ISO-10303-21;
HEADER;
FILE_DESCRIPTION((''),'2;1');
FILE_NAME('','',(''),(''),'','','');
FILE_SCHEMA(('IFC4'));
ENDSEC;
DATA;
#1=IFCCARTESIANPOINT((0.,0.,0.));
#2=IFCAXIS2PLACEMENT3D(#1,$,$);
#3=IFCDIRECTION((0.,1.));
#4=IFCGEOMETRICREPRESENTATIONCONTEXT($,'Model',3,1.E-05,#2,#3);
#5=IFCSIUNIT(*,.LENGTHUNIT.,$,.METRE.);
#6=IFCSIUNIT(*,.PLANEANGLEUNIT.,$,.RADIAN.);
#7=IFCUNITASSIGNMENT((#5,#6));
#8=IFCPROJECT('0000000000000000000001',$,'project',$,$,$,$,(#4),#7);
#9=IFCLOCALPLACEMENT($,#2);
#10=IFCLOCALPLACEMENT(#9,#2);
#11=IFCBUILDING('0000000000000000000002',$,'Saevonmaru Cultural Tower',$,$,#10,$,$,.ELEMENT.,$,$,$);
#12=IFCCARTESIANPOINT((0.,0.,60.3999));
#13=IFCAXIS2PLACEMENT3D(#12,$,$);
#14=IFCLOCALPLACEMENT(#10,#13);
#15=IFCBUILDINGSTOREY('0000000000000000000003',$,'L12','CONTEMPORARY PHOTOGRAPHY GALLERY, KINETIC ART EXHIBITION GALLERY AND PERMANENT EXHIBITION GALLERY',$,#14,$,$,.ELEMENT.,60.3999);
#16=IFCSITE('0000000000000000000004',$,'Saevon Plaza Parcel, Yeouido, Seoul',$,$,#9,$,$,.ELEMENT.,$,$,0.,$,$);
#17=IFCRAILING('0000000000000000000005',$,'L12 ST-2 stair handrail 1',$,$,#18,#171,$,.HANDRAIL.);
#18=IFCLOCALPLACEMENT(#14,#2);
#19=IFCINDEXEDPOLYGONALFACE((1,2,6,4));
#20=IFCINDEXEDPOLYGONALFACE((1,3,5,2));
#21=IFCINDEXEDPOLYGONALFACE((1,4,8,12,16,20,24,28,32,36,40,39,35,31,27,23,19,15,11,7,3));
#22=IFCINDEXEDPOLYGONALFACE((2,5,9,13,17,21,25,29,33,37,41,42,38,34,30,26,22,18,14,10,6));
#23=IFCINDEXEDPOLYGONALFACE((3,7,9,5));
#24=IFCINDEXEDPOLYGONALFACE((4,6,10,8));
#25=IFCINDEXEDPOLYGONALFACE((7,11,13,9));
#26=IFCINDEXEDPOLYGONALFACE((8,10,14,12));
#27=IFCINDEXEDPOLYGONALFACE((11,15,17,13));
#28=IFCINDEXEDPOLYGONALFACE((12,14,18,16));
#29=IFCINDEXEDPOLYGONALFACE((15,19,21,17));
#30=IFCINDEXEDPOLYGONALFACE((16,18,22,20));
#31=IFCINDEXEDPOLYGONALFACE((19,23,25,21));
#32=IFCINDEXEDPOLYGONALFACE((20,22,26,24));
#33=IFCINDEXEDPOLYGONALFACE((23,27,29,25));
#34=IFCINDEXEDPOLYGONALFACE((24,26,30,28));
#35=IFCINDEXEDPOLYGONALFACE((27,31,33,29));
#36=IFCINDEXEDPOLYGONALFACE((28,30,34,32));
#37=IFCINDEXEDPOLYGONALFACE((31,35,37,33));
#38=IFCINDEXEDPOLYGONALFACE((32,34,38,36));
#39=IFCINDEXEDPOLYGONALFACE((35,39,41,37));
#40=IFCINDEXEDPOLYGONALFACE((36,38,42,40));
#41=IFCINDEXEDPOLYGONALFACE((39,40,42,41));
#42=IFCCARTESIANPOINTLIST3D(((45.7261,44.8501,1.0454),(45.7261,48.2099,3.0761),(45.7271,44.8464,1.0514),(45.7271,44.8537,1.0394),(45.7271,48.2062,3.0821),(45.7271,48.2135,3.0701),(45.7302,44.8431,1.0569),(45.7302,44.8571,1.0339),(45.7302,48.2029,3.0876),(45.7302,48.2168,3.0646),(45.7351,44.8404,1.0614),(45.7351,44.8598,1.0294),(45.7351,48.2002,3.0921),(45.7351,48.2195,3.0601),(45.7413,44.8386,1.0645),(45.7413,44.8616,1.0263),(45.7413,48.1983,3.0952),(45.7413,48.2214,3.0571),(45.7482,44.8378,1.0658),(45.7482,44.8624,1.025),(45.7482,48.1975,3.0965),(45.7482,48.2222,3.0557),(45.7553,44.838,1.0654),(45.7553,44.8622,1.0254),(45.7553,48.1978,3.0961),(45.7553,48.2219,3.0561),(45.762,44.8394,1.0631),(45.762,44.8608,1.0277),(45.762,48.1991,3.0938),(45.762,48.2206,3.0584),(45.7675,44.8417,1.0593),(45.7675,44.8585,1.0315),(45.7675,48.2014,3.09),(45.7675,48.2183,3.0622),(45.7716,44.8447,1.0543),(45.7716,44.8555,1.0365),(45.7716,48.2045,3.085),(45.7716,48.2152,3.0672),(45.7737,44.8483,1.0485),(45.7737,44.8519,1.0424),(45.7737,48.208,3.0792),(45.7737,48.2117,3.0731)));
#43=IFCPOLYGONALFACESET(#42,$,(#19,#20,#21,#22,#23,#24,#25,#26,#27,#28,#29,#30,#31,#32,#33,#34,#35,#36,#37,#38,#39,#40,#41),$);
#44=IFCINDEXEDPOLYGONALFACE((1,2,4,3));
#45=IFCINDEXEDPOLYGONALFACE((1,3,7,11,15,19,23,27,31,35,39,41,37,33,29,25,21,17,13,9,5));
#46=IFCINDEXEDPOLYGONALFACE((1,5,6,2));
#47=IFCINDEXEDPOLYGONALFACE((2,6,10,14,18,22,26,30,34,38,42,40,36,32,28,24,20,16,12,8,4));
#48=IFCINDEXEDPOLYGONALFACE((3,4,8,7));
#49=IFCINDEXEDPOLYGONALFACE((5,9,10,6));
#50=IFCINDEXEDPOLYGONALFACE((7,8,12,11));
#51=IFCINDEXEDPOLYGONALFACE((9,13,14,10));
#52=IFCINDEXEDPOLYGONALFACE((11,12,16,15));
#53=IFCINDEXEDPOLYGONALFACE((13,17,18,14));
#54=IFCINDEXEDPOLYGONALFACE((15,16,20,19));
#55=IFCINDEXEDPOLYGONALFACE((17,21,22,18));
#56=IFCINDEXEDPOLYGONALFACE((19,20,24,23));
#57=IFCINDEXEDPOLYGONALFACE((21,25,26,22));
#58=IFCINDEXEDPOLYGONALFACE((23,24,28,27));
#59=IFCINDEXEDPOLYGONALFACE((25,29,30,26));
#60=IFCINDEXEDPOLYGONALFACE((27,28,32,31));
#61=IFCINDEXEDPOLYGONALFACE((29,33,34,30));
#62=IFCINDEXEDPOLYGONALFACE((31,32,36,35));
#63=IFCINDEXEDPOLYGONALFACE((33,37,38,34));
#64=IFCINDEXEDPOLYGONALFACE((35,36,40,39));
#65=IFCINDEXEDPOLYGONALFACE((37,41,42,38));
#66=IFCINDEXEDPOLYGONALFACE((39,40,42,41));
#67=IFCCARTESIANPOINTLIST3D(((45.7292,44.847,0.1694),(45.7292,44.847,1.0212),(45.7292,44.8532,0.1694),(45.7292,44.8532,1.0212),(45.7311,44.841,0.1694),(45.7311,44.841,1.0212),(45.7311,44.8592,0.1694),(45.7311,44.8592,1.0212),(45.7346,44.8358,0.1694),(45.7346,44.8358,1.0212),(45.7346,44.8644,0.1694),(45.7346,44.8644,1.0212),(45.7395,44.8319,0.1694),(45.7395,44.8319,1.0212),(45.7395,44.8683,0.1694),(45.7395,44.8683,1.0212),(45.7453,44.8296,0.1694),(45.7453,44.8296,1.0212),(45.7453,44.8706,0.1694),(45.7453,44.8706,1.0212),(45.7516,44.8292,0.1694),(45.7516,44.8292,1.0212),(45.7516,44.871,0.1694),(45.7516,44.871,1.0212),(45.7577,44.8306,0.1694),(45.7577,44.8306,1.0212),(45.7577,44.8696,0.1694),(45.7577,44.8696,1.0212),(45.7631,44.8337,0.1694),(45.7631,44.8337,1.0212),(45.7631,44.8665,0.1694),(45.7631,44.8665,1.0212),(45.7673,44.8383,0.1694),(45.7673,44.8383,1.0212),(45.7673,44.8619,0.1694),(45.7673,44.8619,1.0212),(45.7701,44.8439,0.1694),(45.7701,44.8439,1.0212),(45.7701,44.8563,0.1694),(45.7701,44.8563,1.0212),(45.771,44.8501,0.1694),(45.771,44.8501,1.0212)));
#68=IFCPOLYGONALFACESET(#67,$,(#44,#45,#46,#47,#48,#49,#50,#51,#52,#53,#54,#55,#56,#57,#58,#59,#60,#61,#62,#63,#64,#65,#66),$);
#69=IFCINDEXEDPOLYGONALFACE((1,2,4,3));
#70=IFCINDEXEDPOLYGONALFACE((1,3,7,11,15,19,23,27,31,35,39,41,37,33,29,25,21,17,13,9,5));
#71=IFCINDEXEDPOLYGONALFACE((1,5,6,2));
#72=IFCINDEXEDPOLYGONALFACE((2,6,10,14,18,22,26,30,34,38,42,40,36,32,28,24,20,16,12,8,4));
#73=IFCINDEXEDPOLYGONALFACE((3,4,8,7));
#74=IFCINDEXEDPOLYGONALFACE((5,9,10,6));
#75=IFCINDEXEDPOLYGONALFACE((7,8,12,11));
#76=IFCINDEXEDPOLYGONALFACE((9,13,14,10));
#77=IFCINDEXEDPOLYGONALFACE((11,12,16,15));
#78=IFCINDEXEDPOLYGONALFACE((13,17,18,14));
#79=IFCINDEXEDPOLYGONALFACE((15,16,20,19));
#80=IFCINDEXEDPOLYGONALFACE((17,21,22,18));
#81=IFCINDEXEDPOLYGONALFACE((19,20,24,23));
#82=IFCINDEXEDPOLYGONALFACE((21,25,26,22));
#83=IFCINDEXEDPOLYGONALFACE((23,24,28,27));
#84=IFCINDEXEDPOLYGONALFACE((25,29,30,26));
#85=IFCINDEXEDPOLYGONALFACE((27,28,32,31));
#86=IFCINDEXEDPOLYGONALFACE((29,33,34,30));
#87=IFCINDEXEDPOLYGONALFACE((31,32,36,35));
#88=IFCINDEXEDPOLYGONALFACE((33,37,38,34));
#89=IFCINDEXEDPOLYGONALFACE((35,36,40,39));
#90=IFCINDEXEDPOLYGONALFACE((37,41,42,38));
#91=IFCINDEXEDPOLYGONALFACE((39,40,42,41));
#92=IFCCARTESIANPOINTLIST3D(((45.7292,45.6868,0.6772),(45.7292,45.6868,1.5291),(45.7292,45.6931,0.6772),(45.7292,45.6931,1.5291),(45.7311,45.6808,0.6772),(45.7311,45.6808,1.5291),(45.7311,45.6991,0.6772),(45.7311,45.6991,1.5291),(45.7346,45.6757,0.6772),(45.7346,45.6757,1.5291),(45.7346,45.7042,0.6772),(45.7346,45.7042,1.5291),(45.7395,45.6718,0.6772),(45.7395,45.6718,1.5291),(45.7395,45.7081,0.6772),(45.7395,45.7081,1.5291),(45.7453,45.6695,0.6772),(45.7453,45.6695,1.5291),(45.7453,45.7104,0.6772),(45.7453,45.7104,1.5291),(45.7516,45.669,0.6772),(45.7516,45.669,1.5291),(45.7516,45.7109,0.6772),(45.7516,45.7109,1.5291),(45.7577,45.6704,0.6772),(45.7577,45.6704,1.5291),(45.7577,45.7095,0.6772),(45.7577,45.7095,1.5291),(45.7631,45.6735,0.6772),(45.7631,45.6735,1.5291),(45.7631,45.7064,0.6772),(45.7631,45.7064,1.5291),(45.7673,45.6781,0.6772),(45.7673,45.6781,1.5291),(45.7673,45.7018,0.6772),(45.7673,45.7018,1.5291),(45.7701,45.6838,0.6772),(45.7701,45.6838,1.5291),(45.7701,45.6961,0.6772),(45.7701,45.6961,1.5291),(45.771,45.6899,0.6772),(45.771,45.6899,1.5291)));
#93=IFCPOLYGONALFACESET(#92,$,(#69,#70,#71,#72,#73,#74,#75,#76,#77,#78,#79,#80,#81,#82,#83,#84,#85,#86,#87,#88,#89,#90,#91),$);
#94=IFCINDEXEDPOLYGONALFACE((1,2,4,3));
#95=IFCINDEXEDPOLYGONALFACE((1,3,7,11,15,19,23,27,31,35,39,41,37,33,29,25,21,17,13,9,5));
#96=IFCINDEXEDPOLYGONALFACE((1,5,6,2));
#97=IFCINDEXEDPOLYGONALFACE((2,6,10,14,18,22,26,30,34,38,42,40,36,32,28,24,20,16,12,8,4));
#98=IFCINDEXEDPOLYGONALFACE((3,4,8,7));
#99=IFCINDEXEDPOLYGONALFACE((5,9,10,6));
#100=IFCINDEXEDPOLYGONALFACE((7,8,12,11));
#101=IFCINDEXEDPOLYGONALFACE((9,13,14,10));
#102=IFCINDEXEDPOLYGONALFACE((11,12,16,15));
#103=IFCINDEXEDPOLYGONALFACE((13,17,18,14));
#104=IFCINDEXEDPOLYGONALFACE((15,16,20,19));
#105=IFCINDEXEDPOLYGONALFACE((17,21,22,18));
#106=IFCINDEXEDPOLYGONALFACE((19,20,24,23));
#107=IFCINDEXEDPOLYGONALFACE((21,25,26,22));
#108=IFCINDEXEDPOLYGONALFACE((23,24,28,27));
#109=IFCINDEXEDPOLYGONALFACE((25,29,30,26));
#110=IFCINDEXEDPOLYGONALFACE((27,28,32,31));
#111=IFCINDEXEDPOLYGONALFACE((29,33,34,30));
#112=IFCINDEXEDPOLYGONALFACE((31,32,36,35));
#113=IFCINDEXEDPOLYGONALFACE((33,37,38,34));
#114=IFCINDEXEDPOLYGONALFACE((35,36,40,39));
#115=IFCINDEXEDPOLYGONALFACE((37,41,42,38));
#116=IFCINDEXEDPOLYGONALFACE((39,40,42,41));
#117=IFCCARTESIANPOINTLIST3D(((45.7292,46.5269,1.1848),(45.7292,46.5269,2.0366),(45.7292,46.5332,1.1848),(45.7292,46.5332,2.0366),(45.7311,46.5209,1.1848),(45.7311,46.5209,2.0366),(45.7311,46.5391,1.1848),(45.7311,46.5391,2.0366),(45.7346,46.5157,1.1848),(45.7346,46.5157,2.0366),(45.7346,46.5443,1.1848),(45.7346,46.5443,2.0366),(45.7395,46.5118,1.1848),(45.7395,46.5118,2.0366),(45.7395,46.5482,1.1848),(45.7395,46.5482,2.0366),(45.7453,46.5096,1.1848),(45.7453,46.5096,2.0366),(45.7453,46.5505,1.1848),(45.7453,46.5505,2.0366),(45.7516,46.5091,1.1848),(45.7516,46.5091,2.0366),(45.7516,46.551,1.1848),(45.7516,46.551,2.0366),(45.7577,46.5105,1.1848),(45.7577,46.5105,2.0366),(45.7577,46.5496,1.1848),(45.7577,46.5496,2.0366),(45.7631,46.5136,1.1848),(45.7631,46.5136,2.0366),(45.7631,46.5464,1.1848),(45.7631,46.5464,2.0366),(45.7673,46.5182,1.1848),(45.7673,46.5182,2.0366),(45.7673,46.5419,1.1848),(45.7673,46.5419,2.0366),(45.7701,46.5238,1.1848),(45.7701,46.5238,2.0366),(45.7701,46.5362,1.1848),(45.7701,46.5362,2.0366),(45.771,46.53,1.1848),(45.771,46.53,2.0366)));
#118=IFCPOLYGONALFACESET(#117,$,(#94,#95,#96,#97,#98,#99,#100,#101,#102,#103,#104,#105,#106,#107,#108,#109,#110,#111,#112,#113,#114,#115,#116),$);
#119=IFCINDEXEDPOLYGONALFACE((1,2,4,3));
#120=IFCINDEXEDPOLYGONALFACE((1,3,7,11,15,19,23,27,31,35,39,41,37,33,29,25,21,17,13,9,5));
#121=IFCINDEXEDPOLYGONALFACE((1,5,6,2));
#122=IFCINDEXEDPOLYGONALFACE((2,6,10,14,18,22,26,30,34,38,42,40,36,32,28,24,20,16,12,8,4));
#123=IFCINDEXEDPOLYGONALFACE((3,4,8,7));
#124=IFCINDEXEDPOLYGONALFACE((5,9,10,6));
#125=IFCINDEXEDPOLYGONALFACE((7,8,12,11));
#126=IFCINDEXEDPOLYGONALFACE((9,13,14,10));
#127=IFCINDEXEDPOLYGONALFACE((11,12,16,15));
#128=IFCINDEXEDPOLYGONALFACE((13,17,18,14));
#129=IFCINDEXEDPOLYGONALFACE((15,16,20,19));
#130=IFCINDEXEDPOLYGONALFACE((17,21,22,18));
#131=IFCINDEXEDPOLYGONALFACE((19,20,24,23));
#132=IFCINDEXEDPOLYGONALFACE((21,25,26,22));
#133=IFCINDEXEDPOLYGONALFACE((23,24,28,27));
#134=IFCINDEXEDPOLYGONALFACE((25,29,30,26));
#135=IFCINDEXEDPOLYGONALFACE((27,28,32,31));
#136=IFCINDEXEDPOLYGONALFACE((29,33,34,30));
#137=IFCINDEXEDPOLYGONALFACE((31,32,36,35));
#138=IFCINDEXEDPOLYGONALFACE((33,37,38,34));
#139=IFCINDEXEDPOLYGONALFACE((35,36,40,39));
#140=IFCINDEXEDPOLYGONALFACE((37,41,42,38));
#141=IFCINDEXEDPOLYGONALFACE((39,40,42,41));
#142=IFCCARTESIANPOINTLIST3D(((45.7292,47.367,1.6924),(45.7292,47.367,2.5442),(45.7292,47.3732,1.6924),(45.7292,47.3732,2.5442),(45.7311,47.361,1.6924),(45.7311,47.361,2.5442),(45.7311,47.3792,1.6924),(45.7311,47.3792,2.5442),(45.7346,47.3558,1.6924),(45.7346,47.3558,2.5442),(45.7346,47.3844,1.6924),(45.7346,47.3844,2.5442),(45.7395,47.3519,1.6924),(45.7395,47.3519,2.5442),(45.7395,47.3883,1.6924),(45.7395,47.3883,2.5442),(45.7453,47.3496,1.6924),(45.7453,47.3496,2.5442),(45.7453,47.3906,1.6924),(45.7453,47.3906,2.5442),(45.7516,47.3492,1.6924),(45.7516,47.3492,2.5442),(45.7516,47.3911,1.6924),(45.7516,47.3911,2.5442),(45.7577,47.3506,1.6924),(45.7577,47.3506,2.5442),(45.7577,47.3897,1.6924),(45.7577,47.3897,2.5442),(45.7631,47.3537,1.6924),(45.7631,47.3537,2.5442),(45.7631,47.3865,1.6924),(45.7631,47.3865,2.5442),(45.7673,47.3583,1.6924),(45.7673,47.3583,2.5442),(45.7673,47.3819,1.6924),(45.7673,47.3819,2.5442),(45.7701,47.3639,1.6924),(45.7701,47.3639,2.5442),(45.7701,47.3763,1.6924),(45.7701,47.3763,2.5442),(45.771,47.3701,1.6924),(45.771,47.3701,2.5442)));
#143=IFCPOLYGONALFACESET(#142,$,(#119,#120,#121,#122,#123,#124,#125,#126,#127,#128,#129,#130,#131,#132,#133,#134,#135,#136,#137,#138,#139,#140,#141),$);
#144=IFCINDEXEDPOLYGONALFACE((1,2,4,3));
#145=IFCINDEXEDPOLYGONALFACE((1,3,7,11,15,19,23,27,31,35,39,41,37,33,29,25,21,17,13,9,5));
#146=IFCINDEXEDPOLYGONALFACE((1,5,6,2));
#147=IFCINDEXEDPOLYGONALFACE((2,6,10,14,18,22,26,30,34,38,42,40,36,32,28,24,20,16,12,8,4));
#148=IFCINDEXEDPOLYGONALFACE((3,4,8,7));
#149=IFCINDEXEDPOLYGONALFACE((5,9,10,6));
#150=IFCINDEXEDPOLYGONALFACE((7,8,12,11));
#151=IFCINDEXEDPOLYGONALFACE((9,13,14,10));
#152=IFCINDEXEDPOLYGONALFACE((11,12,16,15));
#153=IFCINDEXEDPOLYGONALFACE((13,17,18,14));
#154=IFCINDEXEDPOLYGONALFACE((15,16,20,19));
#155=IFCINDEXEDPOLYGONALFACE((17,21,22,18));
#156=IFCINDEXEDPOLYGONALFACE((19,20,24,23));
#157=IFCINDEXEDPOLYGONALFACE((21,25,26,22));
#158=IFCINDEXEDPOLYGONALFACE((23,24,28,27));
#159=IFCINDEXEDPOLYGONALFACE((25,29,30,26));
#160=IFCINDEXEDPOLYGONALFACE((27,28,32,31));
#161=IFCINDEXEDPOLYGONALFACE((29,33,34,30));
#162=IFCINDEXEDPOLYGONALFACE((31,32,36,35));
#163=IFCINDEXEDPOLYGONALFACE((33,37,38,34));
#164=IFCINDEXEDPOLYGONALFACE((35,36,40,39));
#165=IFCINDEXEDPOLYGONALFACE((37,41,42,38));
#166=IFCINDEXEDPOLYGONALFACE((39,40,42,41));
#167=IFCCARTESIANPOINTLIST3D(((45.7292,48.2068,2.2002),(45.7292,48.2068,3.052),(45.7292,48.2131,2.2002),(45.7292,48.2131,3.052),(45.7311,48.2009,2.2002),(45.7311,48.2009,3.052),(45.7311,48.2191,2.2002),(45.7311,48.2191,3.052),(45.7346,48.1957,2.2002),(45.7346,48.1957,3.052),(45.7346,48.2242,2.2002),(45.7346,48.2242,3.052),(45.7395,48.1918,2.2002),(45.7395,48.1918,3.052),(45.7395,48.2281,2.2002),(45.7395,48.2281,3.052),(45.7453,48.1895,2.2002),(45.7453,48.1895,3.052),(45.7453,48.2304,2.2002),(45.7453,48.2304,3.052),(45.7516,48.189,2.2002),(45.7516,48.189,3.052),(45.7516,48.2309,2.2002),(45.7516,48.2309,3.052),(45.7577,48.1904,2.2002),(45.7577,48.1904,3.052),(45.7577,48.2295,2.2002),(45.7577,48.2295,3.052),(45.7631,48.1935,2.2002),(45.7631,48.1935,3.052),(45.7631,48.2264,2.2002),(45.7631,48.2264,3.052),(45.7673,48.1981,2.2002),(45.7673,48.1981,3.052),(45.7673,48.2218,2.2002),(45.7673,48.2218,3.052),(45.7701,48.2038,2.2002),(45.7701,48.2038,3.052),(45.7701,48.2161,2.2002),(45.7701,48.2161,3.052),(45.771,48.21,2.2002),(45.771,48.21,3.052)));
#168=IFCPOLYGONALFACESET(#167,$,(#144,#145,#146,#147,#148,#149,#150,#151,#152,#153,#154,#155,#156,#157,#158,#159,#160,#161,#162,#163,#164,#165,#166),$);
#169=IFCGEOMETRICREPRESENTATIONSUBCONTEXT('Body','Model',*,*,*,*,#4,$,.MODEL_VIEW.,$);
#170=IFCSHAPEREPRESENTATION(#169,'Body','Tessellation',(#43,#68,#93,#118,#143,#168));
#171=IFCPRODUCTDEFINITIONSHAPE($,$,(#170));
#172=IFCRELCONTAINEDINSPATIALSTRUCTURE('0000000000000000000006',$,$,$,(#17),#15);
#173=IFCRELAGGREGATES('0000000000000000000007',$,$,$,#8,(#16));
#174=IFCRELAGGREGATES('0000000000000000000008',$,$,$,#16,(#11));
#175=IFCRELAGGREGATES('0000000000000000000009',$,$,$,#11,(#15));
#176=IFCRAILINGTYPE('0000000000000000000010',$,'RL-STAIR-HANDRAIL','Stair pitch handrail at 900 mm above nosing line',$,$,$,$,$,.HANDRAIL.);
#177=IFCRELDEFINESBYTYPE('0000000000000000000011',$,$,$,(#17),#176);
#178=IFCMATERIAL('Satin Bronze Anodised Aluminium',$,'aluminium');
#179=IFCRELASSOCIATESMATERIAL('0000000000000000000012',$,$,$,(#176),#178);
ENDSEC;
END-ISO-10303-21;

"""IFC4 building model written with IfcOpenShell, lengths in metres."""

from ifc_helpers import new_model, si_unit, direction, frame, origin, origin_2d, place, context, subcontext, project, spatial, circle, extrude, material, type_object, element, save


model = new_model("IFC4")

# Units and contexts
model_context = context("Model", 3, precision=1e-05, world=origin(), true_north=direction((0.0, 1.0)))
body_context = subcontext(model_context, "Body", "Model", "MODEL_VIEW")
ifc_project = project(units=[si_unit("LENGTHUNIT", "METRE"), si_unit("PLANEANGLEUNIT", "RADIAN")], contexts=[model_context])

# Site, building, storey
site_placement = place(None, origin())
site = spatial("IfcSite", under=ifc_project, at=site_placement, Name="Saevon Plaza Parcel, Yeouido, Seoul", CompositionType="ELEMENT", RefElevation=0.0)
building_placement = place(site_placement, origin())
building = spatial("IfcBuilding", under=site, at=building_placement, Name="Saevonmaru Cultural Tower", CompositionType="ELEMENT")
storey_placement = place(building_placement, frame((0.0, 0.0, 60.3999)))
storey = spatial("IfcBuildingStorey", under=building, at=storey_placement, Name="L12", Description="CONTEMPORARY PHOTOGRAPHY GALLERY, KINETIC ART EXHIBITION GALLERY AND PERMANENT EXHIBITION GALLERY", CompositionType="ELEMENT", Elevation=60.3999)

# Railing
ifc_material_1 = material(Name="Satin Bronze Anodised Aluminium", Category="aluminium")
railing_type = type_object("IfcRailingType", Name="RL-STAIR-HANDRAIL", Description="Stair pitch handrail at 900 mm above nosing line", PredefinedType="HANDRAIL", material=ifc_material_1)
railing_placement = place(storey_placement, frame((45.75, 44.8501, 0.1694)))
element("IfcRailing", 1, at=railing_placement, inside=storey, type_object=railing_type, Name="L12 ST-2 stair handrail 1", PredefinedType="HANDRAIL", context=body_context, shape_type="SweptSolid", body=[
    extrude(circle(Radius=0.0239, at=origin_2d()), frame((0.0, 0.0, 0.876), z_axis=(0.0, 0.85582, 0.517273), x_axis=(-1.0, 0.0, 0.0)), (0.0, 0.0, 1.0), 3.9258),
    extrude(circle(Radius=0.021, at=origin_2d()), origin(), (0.0, 0.0, 1.0), 0.8518),
    extrude(circle(Radius=0.021, at=origin_2d()), frame((0.0, 0.8398, 0.5078)), (0.0, 0.0, 1.0), 0.8518),
    extrude(circle(Radius=0.021, at=origin_2d()), frame((0.0, 1.6799, 1.0154)), (0.0, 0.0, 1.0), 0.8518),
    extrude(circle(Radius=0.021, at=origin_2d()), frame((0.0, 2.52, 1.5229)), (0.0, 0.0, 1.0), 0.8518),
    extrude(circle(Radius=0.021, at=origin_2d()), frame((0.0, 3.3599, 2.0308)), (0.0, 0.0, 1.0), 0.8518),
])

save(model, "model.ifc")
